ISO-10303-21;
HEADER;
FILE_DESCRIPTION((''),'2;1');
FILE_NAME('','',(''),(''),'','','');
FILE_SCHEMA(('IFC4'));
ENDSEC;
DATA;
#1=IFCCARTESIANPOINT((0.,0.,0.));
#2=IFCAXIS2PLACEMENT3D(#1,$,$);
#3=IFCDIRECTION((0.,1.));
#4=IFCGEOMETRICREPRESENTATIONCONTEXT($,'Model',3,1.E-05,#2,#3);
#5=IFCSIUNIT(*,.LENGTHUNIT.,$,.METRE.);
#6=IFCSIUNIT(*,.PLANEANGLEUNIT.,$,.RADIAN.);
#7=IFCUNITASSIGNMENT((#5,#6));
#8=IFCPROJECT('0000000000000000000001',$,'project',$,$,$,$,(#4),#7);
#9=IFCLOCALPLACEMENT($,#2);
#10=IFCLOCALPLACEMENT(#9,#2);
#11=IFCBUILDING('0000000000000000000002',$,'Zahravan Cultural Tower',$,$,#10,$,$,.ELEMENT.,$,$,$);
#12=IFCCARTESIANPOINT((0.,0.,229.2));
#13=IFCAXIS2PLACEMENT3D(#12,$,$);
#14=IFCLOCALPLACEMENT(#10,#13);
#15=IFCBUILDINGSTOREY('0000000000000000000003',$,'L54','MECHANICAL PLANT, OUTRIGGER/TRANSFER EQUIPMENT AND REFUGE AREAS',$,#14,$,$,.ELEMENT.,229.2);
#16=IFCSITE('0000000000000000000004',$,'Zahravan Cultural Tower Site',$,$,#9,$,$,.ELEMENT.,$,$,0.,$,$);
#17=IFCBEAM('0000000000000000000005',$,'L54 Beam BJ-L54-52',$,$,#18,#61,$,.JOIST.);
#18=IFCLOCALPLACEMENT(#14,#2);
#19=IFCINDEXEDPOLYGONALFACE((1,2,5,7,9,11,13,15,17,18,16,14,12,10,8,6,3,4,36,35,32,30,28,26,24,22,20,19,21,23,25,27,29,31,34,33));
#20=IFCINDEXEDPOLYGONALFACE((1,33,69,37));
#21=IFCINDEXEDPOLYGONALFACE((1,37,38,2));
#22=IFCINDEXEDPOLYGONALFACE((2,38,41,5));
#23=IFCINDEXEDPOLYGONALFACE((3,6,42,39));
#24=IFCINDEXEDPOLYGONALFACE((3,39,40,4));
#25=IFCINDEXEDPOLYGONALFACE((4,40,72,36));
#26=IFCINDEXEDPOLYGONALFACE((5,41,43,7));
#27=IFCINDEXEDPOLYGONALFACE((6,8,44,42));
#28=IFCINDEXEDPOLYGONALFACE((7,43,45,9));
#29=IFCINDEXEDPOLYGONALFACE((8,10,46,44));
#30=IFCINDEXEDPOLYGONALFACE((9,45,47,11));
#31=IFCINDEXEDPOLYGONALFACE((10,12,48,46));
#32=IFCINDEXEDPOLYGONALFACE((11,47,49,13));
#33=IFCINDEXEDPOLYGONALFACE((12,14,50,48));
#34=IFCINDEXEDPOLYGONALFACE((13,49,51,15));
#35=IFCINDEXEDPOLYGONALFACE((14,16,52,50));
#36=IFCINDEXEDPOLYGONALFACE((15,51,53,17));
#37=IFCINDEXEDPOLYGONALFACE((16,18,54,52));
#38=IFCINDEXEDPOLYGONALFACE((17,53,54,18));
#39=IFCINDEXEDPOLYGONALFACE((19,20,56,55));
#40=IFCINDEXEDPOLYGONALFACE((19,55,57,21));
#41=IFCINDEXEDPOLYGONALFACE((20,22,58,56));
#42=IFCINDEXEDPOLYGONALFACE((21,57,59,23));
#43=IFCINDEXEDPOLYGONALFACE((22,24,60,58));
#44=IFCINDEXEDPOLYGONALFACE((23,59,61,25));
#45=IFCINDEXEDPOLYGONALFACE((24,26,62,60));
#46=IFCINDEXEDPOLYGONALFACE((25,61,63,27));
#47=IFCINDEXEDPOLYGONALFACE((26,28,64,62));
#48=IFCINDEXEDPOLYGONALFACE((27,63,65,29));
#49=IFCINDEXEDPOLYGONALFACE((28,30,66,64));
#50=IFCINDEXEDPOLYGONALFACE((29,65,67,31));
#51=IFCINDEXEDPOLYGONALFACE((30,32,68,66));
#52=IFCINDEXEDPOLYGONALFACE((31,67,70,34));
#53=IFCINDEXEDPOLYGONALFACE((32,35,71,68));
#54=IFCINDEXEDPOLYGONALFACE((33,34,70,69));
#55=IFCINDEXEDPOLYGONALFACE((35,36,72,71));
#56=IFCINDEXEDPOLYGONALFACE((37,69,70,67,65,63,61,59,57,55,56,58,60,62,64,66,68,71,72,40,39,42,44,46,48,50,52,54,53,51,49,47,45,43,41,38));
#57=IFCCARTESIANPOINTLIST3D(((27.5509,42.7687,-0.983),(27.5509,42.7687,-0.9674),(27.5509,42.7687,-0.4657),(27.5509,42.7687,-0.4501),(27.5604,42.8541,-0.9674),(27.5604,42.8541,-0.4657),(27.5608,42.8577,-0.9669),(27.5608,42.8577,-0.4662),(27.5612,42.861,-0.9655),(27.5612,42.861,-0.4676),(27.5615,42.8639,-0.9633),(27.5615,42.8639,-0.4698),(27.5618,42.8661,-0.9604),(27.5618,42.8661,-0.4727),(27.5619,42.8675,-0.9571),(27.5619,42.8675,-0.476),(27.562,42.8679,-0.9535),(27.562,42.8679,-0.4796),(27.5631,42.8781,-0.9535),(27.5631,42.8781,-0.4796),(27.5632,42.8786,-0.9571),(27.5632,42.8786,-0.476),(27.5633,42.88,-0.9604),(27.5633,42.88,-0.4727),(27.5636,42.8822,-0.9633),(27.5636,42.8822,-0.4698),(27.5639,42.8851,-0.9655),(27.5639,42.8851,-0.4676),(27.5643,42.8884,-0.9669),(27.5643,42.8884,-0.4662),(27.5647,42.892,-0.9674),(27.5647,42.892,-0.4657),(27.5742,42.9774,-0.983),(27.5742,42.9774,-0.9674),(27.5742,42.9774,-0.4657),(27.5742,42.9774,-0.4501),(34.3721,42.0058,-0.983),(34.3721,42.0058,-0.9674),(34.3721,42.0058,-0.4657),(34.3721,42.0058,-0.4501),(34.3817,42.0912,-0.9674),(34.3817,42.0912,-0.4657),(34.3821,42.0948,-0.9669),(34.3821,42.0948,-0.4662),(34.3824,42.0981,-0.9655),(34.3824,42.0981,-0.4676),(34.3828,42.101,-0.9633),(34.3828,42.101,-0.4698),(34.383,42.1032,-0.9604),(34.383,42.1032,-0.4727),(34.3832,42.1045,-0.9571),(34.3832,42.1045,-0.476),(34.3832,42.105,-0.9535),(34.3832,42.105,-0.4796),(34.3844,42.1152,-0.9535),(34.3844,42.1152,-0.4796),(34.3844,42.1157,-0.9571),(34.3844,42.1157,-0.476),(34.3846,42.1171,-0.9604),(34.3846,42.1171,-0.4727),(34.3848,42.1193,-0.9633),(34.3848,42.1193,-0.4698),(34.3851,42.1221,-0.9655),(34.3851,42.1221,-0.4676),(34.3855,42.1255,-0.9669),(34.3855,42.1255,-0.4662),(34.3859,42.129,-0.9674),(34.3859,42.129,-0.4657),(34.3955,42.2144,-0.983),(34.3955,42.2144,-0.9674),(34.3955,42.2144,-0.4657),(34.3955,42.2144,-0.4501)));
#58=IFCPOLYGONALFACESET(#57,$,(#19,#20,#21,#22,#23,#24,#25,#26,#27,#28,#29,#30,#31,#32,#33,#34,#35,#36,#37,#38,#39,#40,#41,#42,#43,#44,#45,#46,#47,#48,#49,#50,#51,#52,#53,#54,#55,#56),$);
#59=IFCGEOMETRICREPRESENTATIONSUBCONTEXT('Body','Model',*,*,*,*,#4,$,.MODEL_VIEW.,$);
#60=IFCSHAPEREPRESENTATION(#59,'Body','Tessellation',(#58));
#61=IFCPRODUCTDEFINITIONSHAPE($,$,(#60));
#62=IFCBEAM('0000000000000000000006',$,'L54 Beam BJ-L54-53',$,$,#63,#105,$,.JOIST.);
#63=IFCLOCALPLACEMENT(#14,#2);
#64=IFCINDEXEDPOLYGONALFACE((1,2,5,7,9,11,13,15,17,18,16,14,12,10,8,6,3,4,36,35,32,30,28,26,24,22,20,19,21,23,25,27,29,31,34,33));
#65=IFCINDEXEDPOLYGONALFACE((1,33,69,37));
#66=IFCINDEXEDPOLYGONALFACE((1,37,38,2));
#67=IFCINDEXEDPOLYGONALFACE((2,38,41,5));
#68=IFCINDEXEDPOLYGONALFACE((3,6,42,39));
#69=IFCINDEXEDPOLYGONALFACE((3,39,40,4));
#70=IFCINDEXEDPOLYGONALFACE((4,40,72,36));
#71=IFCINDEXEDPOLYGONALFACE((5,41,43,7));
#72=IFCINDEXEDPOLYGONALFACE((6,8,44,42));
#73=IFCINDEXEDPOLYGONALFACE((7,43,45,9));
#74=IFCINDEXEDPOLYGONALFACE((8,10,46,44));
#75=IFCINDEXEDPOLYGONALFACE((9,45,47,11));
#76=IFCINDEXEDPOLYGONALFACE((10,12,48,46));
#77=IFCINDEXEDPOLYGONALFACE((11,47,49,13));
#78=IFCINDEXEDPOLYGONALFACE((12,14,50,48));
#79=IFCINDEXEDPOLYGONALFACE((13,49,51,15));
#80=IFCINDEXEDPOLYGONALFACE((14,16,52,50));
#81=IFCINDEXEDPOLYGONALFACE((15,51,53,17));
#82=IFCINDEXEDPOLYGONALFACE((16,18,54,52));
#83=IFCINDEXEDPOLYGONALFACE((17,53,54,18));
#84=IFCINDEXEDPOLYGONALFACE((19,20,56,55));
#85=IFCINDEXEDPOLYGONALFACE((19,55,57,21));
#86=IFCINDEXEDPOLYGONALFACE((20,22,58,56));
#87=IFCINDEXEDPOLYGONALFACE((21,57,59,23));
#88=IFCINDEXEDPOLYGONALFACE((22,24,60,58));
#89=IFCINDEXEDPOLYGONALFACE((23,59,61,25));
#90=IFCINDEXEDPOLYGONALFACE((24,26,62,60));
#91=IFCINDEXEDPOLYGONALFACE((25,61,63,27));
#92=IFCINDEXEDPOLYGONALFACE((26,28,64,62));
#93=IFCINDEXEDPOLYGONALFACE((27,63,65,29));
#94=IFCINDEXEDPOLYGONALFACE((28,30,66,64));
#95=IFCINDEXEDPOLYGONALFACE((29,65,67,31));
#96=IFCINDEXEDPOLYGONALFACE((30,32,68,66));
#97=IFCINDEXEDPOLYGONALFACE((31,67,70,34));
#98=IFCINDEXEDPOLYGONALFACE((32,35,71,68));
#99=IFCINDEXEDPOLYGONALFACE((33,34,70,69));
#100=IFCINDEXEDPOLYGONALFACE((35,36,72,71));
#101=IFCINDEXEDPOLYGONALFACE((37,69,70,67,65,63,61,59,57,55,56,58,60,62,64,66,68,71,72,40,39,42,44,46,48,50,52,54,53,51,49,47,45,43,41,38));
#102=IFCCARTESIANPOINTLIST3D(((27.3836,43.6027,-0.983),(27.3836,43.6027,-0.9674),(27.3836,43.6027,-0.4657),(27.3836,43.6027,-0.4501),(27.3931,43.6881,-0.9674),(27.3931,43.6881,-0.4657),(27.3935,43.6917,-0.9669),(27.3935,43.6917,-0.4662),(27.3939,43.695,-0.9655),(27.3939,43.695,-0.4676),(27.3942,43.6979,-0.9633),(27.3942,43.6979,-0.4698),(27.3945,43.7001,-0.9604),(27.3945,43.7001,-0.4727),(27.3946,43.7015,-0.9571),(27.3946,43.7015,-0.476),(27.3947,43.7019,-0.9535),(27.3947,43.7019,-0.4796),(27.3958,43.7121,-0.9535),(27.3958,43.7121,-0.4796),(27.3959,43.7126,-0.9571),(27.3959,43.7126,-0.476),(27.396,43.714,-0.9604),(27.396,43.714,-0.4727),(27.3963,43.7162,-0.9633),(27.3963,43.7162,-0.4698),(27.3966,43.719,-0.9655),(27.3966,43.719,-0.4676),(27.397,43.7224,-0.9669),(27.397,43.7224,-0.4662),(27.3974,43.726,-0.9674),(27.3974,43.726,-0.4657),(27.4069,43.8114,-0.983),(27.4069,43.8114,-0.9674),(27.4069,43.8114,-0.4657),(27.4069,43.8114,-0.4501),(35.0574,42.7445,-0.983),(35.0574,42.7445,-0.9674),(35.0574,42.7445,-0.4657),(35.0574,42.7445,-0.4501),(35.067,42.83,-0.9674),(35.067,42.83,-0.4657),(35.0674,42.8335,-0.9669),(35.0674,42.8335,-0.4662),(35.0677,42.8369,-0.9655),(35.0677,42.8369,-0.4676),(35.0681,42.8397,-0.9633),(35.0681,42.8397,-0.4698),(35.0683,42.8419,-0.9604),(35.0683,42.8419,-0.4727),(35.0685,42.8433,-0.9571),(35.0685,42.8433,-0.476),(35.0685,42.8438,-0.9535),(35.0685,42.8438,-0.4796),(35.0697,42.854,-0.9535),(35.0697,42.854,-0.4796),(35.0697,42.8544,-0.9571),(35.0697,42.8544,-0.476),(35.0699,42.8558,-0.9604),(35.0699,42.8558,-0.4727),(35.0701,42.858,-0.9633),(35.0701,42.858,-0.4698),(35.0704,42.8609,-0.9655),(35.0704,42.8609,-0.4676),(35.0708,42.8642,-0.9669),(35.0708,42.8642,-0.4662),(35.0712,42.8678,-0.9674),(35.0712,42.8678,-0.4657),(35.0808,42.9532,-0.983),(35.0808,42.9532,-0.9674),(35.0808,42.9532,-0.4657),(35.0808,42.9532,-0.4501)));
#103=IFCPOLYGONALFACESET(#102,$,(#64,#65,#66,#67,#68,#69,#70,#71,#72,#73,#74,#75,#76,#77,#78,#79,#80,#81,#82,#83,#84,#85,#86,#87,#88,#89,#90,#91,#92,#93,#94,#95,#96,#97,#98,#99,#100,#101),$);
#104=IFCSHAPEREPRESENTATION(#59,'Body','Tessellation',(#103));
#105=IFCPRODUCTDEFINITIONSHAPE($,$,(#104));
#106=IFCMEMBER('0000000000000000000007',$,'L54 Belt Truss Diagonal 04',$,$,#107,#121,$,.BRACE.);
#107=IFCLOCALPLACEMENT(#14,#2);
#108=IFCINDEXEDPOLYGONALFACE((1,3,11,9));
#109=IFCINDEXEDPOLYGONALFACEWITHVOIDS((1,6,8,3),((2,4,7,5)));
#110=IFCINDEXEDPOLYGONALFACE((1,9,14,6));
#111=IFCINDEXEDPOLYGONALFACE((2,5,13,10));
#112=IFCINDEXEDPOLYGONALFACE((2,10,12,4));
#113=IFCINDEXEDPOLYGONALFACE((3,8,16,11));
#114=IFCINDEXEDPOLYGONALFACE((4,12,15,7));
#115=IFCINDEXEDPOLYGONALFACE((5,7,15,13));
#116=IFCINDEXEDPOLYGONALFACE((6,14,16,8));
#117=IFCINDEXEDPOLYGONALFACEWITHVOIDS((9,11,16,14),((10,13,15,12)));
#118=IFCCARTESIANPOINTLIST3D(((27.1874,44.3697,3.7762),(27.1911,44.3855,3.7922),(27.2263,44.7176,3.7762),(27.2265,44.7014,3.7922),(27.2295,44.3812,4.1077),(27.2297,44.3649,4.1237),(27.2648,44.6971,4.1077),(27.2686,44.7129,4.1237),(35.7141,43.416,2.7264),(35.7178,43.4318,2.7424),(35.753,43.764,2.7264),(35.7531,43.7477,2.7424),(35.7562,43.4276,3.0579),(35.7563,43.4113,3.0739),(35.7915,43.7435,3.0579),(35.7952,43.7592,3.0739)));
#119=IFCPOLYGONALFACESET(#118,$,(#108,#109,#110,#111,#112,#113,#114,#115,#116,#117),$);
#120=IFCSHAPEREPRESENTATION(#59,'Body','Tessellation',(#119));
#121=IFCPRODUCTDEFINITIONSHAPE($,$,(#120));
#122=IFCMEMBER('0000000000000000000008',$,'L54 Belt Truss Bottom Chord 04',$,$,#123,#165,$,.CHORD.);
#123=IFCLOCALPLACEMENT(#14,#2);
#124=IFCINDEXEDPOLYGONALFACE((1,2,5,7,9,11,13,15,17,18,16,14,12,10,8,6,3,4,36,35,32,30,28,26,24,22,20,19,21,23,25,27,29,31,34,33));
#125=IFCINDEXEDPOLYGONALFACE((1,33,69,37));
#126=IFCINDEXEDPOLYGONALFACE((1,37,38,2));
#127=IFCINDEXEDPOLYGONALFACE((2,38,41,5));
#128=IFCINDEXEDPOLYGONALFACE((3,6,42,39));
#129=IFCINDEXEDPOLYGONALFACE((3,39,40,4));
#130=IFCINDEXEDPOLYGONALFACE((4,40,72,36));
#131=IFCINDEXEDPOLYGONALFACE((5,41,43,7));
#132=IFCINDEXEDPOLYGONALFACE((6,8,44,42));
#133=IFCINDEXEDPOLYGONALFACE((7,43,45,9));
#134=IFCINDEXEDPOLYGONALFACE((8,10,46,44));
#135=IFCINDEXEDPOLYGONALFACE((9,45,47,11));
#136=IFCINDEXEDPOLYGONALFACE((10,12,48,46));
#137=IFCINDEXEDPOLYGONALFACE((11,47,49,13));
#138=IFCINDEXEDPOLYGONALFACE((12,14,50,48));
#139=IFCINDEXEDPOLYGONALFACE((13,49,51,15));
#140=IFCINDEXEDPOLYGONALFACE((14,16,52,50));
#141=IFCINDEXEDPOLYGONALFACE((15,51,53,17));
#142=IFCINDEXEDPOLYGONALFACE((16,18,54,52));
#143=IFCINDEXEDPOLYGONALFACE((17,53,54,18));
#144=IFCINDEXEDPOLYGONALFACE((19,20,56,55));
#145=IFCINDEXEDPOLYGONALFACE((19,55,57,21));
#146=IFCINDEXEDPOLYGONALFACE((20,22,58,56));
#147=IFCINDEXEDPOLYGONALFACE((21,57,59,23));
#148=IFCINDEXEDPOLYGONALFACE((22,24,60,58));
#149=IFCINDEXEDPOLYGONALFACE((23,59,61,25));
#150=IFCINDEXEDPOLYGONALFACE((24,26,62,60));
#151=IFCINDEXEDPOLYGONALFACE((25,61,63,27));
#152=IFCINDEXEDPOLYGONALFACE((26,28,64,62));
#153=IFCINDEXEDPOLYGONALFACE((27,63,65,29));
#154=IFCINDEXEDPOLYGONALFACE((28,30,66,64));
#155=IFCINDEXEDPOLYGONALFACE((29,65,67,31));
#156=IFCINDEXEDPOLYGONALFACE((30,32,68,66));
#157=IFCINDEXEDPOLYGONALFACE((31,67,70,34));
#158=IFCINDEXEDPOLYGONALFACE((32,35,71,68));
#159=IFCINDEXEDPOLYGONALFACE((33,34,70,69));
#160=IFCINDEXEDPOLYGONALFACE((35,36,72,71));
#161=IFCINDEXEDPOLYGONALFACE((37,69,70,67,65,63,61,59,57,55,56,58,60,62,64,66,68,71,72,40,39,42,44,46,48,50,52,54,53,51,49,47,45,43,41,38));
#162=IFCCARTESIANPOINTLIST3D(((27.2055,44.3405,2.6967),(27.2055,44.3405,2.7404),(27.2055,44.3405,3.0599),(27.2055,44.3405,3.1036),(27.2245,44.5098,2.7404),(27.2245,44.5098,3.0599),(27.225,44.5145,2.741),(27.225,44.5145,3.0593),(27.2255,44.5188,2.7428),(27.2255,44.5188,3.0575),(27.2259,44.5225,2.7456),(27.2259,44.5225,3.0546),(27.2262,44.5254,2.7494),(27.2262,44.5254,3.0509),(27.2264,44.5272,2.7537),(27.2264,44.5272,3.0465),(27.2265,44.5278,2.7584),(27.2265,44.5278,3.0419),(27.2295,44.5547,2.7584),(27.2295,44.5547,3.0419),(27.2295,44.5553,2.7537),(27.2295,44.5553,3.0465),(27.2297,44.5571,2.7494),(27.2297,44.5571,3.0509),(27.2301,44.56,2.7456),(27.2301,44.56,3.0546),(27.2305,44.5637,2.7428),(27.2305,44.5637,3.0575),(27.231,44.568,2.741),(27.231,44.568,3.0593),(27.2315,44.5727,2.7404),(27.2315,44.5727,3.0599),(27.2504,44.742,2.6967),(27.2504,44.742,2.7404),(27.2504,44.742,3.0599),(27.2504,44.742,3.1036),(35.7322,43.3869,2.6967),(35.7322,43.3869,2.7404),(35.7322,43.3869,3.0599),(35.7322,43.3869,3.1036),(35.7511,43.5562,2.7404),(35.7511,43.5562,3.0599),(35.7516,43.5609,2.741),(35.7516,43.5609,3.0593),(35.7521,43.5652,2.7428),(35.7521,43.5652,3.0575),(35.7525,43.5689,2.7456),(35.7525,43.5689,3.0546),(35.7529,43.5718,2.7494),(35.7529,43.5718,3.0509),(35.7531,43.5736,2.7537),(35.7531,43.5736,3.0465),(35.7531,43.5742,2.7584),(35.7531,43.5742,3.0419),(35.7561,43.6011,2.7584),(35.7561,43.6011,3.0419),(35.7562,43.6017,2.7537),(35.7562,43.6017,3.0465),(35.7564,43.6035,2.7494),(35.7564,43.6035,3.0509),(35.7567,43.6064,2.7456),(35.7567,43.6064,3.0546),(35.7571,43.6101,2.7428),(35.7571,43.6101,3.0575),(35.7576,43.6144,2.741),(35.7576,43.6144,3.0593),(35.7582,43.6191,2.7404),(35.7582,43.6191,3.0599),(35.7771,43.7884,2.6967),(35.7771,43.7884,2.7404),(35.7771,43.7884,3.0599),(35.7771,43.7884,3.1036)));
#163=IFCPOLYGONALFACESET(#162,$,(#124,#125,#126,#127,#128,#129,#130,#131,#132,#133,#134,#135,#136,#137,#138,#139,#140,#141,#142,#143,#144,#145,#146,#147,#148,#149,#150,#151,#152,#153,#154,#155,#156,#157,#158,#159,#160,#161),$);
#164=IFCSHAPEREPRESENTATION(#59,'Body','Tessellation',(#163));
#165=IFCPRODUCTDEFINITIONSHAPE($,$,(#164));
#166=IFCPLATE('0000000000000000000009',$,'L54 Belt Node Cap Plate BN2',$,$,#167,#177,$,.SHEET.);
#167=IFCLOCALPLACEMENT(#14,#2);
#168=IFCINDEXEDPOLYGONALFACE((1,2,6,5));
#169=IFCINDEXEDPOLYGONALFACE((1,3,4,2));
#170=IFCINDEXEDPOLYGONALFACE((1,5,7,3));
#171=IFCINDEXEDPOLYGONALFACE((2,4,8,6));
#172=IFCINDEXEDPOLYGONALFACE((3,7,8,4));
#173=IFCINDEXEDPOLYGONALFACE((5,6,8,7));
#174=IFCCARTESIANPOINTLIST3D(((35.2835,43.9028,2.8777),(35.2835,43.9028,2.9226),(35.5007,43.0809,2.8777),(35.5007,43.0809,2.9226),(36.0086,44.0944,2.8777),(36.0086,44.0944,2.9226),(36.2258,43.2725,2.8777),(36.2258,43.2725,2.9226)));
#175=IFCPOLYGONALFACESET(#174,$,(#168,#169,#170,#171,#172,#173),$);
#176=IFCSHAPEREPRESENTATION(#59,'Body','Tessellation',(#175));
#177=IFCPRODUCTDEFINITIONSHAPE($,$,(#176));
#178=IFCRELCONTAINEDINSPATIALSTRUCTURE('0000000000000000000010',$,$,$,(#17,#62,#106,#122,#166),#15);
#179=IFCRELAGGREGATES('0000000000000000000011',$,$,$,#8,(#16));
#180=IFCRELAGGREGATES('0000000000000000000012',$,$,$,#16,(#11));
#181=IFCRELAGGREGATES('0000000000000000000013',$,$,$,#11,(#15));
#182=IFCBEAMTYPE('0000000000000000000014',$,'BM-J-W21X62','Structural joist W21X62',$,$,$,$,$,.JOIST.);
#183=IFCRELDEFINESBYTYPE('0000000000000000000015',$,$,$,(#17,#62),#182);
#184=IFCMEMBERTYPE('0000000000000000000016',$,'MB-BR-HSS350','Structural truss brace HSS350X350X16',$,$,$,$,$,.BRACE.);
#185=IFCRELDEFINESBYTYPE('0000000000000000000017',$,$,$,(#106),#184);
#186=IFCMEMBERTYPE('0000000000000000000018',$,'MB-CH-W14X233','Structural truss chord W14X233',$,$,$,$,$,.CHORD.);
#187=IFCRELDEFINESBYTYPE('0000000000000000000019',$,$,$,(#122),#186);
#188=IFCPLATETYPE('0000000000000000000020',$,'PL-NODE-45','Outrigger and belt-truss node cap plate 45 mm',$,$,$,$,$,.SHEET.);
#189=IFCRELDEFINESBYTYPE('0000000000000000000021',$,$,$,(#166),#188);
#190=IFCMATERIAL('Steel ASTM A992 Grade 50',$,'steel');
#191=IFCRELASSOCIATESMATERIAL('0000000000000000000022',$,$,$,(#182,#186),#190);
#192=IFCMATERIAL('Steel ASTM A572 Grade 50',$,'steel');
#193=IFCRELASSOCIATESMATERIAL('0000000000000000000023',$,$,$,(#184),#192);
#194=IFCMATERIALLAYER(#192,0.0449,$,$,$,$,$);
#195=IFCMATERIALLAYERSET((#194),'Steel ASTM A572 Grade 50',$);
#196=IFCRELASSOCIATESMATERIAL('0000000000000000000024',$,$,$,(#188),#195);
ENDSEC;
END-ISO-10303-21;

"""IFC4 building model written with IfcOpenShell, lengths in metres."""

from ifc_helpers import new_model, si_unit, direction, frame, origin, origin_2d, place, context, subcontext, project, spatial, rectangle, hollow_rectangle, i_section, extrude, source, transform, mapped, material, layer, layer_set, material_profile, profile_set, type_object, element, save


model = new_model("IFC4")

# Units and contexts
model_context = context("Model", 3, precision=1e-05, world=origin(), true_north=direction((0.0, 1.0)))
body_context = subcontext(model_context, "Body", "Model", "MODEL_VIEW")
ifc_project = project(units=[si_unit("LENGTHUNIT", "METRE"), si_unit("PLANEANGLEUNIT", "RADIAN")], contexts=[model_context])

# Site, building, storey
site_placement = place(None, origin())
site = spatial("IfcSite", under=ifc_project, at=site_placement, Name="Zahravan Cultural Tower Site", CompositionType="ELEMENT", RefElevation=0.0)
building_placement = place(site_placement, origin())
building = spatial("IfcBuilding", under=site, at=building_placement, Name="Zahravan Cultural Tower", CompositionType="ELEMENT")
storey_placement = place(building_placement, frame((0.0, 0.0, 229.2)))
storey = spatial("IfcBuildingStorey", under=building, at=storey_placement, Name="L54", Description="MECHANICAL PLANT, OUTRIGGER/TRANSFER EQUIPMENT AND REFUGE AREAS", CompositionType="ELEMENT", Elevation=229.2)

# Shared definitions
ifc_material_1 = material(Name="Steel ASTM A992 Grade 50", Category="steel")

# Beams
ifc_material_profile_1 = material_profile(ifc_material_1, i_section(OverallWidth=0.21, OverallDepth=0.533, WebThickness=0.0103, FlangeThickness=0.0156, FilletRadius=0.0139, at=origin_2d()), Name="W21X62")
ifc_profile_set_1 = profile_set([ifc_material_profile_1], Name="Steel ASTM A992 Grade 50")
beam_type_1 = type_object("IfcBeamType", Name="BM-J-W21X62", Description="Structural joist W21X62", PredefinedType="JOIST", material=ifc_profile_set_1)
shared_shape_1 = source(origin(), body_context, "Body", "SweptSolid", [
    extrude(i_section(OverallWidth=0.21, OverallDepth=0.533, WebThickness=0.0103, FlangeThickness=0.0156, FilletRadius=0.0139, at=origin_2d()), origin(), (0.0, 0.0, 1.0), 6.8638),
])
beam_1_placement = place(storey_placement, frame((34.3838, 42.1101, -0.7166), z_axis=(-0.993803, 0.111154, 0.0), x_axis=(-0.111154, -0.993803, 0.0)))
element("IfcBeam", 1, at=beam_1_placement, inside=storey, type_object=beam_type_1, Name="L54 Beam BJ-L54-52", PredefinedType="JOIST", context=body_context, shape_type="MappedRepresentation", body=[
    mapped(shared_shape_1, transform((0.0, 0.0, 0.0), x_axis=(1.0, 0.0, 0.0), y_axis=(0.0, 1.0, 0.0), z_axis=(0.0, 0.0, 1.0), scale=1.0)),
])
shared_shape_2 = source(origin(), body_context, "Body", "SweptSolid", [
    extrude(i_section(OverallWidth=0.21, OverallDepth=0.533, WebThickness=0.0103, FlangeThickness=0.0156, FilletRadius=0.0139, at=origin_2d()), origin(), (0.0, 0.0, 1.0), 7.7217),
])
beam_2_placement = place(storey_placement, frame((35.0691, 42.8489, -0.7166), z_axis=(-0.993805, 0.111136, 0.0), x_axis=(-0.111136, -0.993805, 0.0)))
element("IfcBeam", 2, at=beam_2_placement, inside=storey, type_object=beam_type_1, Name="L54 Beam BJ-L54-53", PredefinedType="JOIST", context=body_context, shape_type="MappedRepresentation", body=[
    mapped(shared_shape_2, transform((0.0, 0.0, 0.0), x_axis=(1.0, 0.0, 0.0), y_axis=(0.0, 1.0, 0.0), z_axis=(0.0, 0.0, 1.0), scale=1.0)),
])

# Members
ifc_material_2 = material(Name="Steel ASTM A572 Grade 50", Category="steel")
ifc_material_profile_2 = material_profile(ifc_material_2, hollow_rectangle(XDim=0.3501, YDim=0.3501, WallThickness=0.0161, at=origin_2d()), Name="HSS350X350X16")
ifc_profile_set_2 = profile_set([ifc_material_profile_2], Name="Steel ASTM A572 Grade 50")
member_type_1 = type_object("IfcMemberType", Name="MB-BR-HSS350", Description="Structural truss brace HSS350X350X16", PredefinedType="BRACE", material=ifc_profile_set_2)
shared_shape_3 = source(origin(), body_context, "Body", "SweptSolid", [
    extrude(hollow_rectangle(XDim=0.3501, YDim=0.3501, WallThickness=0.0161, at=origin_2d()), origin(), (0.0, 0.0, 1.0), 8.6438),
])
member_1_placement = place(storey_placement, frame((35.7546, 43.5876, 2.9001), z_axis=(-0.986447, 0.110324, 0.121452), x_axis=(-0.111147, -0.993804, 0.0)))
element("IfcMember", 3, at=member_1_placement, inside=storey, type_object=member_type_1, Name="L54 Belt Truss Diagonal 04", PredefinedType="BRACE", context=body_context, shape_type="MappedRepresentation", body=[
    mapped(shared_shape_3, transform((0.0, 0.0, 0.0), x_axis=(1.0, 0.0, 0.0), y_axis=(0.0, 1.0, 0.0), z_axis=(0.0, 0.0, 1.0), scale=1.0)),
])
ifc_material_profile_3 = material_profile(ifc_material_1, i_section(OverallWidth=0.4041, OverallDepth=0.407, WebThickness=0.0271, FlangeThickness=0.0437, FilletRadius=0.0181, at=origin_2d()), Name="W14X233")
ifc_profile_set_3 = profile_set([ifc_material_profile_3], Name="Steel ASTM A992 Grade 50")
member_type_2 = type_object("IfcMemberType", Name="MB-CH-W14X233", Description="Structural truss chord W14X233", PredefinedType="CHORD", material=ifc_profile_set_3)
shared_shape_4 = source(origin(), body_context, "Body", "SweptSolid", [
    extrude(i_section(OverallWidth=0.4041, OverallDepth=0.407, WebThickness=0.0271, FlangeThickness=0.0437, FilletRadius=0.0181, at=origin_2d()), origin(), (0.0, 0.0, 1.0), 8.5798),
])
member_2_placement = place(storey_placement, frame((35.7546, 43.5876, 2.9001), z_axis=(-0.993804, 0.111147, 0.0), x_axis=(-0.111147, -0.993804, 0.0)))
element("IfcMember", 4, at=member_2_placement, inside=storey, type_object=member_type_2, Name="L54 Belt Truss Bottom Chord 04", PredefinedType="CHORD", context=body_context, shape_type="MappedRepresentation", body=[
    mapped(shared_shape_4, transform((0.0, 0.0, 0.0), x_axis=(1.0, 0.0, 0.0), y_axis=(0.0, 1.0, 0.0), z_axis=(0.0, 0.0, 1.0), scale=1.0)),
])

# Plate
ifc_layer_1 = layer(ifc_material_2, 0.0449)
ifc_layer_set_1 = layer_set([ifc_layer_1], Name="Steel ASTM A572 Grade 50")
plate_type = type_object("IfcPlateType", Name="PL-NODE-45", Description="Outrigger and belt-truss node cap plate 45 mm", PredefinedType="SHEET", material=ifc_layer_set_1)
shared_shape_5 = source(origin(), body_context, "Body", "SweptSolid", [
    extrude(rectangle(XDim=0.8501, YDim=0.75, at=origin_2d()), origin(), (0.0, 0.0, 1.0), 0.0449),
])
plate_placement = place(storey_placement, frame((35.7546, 43.5876, 2.8777), z_axis=(0.0, 0.0, 1.0), x_axis=(-0.255446, 0.966823, 0.0)))
element("IfcPlate", 5, at=plate_placement, inside=storey, type_object=plate_type, Name="L54 Belt Node Cap Plate BN2", PredefinedType="SHEET", context=body_context, shape_type="MappedRepresentation", body=[
    mapped(shared_shape_5, transform((0.0, 0.0, 0.0), x_axis=(1.0, 0.0, 0.0), y_axis=(0.0, 1.0, 0.0), z_axis=(0.0, 0.0, 1.0), scale=1.0)),
])

save(model, "model.ifc")
